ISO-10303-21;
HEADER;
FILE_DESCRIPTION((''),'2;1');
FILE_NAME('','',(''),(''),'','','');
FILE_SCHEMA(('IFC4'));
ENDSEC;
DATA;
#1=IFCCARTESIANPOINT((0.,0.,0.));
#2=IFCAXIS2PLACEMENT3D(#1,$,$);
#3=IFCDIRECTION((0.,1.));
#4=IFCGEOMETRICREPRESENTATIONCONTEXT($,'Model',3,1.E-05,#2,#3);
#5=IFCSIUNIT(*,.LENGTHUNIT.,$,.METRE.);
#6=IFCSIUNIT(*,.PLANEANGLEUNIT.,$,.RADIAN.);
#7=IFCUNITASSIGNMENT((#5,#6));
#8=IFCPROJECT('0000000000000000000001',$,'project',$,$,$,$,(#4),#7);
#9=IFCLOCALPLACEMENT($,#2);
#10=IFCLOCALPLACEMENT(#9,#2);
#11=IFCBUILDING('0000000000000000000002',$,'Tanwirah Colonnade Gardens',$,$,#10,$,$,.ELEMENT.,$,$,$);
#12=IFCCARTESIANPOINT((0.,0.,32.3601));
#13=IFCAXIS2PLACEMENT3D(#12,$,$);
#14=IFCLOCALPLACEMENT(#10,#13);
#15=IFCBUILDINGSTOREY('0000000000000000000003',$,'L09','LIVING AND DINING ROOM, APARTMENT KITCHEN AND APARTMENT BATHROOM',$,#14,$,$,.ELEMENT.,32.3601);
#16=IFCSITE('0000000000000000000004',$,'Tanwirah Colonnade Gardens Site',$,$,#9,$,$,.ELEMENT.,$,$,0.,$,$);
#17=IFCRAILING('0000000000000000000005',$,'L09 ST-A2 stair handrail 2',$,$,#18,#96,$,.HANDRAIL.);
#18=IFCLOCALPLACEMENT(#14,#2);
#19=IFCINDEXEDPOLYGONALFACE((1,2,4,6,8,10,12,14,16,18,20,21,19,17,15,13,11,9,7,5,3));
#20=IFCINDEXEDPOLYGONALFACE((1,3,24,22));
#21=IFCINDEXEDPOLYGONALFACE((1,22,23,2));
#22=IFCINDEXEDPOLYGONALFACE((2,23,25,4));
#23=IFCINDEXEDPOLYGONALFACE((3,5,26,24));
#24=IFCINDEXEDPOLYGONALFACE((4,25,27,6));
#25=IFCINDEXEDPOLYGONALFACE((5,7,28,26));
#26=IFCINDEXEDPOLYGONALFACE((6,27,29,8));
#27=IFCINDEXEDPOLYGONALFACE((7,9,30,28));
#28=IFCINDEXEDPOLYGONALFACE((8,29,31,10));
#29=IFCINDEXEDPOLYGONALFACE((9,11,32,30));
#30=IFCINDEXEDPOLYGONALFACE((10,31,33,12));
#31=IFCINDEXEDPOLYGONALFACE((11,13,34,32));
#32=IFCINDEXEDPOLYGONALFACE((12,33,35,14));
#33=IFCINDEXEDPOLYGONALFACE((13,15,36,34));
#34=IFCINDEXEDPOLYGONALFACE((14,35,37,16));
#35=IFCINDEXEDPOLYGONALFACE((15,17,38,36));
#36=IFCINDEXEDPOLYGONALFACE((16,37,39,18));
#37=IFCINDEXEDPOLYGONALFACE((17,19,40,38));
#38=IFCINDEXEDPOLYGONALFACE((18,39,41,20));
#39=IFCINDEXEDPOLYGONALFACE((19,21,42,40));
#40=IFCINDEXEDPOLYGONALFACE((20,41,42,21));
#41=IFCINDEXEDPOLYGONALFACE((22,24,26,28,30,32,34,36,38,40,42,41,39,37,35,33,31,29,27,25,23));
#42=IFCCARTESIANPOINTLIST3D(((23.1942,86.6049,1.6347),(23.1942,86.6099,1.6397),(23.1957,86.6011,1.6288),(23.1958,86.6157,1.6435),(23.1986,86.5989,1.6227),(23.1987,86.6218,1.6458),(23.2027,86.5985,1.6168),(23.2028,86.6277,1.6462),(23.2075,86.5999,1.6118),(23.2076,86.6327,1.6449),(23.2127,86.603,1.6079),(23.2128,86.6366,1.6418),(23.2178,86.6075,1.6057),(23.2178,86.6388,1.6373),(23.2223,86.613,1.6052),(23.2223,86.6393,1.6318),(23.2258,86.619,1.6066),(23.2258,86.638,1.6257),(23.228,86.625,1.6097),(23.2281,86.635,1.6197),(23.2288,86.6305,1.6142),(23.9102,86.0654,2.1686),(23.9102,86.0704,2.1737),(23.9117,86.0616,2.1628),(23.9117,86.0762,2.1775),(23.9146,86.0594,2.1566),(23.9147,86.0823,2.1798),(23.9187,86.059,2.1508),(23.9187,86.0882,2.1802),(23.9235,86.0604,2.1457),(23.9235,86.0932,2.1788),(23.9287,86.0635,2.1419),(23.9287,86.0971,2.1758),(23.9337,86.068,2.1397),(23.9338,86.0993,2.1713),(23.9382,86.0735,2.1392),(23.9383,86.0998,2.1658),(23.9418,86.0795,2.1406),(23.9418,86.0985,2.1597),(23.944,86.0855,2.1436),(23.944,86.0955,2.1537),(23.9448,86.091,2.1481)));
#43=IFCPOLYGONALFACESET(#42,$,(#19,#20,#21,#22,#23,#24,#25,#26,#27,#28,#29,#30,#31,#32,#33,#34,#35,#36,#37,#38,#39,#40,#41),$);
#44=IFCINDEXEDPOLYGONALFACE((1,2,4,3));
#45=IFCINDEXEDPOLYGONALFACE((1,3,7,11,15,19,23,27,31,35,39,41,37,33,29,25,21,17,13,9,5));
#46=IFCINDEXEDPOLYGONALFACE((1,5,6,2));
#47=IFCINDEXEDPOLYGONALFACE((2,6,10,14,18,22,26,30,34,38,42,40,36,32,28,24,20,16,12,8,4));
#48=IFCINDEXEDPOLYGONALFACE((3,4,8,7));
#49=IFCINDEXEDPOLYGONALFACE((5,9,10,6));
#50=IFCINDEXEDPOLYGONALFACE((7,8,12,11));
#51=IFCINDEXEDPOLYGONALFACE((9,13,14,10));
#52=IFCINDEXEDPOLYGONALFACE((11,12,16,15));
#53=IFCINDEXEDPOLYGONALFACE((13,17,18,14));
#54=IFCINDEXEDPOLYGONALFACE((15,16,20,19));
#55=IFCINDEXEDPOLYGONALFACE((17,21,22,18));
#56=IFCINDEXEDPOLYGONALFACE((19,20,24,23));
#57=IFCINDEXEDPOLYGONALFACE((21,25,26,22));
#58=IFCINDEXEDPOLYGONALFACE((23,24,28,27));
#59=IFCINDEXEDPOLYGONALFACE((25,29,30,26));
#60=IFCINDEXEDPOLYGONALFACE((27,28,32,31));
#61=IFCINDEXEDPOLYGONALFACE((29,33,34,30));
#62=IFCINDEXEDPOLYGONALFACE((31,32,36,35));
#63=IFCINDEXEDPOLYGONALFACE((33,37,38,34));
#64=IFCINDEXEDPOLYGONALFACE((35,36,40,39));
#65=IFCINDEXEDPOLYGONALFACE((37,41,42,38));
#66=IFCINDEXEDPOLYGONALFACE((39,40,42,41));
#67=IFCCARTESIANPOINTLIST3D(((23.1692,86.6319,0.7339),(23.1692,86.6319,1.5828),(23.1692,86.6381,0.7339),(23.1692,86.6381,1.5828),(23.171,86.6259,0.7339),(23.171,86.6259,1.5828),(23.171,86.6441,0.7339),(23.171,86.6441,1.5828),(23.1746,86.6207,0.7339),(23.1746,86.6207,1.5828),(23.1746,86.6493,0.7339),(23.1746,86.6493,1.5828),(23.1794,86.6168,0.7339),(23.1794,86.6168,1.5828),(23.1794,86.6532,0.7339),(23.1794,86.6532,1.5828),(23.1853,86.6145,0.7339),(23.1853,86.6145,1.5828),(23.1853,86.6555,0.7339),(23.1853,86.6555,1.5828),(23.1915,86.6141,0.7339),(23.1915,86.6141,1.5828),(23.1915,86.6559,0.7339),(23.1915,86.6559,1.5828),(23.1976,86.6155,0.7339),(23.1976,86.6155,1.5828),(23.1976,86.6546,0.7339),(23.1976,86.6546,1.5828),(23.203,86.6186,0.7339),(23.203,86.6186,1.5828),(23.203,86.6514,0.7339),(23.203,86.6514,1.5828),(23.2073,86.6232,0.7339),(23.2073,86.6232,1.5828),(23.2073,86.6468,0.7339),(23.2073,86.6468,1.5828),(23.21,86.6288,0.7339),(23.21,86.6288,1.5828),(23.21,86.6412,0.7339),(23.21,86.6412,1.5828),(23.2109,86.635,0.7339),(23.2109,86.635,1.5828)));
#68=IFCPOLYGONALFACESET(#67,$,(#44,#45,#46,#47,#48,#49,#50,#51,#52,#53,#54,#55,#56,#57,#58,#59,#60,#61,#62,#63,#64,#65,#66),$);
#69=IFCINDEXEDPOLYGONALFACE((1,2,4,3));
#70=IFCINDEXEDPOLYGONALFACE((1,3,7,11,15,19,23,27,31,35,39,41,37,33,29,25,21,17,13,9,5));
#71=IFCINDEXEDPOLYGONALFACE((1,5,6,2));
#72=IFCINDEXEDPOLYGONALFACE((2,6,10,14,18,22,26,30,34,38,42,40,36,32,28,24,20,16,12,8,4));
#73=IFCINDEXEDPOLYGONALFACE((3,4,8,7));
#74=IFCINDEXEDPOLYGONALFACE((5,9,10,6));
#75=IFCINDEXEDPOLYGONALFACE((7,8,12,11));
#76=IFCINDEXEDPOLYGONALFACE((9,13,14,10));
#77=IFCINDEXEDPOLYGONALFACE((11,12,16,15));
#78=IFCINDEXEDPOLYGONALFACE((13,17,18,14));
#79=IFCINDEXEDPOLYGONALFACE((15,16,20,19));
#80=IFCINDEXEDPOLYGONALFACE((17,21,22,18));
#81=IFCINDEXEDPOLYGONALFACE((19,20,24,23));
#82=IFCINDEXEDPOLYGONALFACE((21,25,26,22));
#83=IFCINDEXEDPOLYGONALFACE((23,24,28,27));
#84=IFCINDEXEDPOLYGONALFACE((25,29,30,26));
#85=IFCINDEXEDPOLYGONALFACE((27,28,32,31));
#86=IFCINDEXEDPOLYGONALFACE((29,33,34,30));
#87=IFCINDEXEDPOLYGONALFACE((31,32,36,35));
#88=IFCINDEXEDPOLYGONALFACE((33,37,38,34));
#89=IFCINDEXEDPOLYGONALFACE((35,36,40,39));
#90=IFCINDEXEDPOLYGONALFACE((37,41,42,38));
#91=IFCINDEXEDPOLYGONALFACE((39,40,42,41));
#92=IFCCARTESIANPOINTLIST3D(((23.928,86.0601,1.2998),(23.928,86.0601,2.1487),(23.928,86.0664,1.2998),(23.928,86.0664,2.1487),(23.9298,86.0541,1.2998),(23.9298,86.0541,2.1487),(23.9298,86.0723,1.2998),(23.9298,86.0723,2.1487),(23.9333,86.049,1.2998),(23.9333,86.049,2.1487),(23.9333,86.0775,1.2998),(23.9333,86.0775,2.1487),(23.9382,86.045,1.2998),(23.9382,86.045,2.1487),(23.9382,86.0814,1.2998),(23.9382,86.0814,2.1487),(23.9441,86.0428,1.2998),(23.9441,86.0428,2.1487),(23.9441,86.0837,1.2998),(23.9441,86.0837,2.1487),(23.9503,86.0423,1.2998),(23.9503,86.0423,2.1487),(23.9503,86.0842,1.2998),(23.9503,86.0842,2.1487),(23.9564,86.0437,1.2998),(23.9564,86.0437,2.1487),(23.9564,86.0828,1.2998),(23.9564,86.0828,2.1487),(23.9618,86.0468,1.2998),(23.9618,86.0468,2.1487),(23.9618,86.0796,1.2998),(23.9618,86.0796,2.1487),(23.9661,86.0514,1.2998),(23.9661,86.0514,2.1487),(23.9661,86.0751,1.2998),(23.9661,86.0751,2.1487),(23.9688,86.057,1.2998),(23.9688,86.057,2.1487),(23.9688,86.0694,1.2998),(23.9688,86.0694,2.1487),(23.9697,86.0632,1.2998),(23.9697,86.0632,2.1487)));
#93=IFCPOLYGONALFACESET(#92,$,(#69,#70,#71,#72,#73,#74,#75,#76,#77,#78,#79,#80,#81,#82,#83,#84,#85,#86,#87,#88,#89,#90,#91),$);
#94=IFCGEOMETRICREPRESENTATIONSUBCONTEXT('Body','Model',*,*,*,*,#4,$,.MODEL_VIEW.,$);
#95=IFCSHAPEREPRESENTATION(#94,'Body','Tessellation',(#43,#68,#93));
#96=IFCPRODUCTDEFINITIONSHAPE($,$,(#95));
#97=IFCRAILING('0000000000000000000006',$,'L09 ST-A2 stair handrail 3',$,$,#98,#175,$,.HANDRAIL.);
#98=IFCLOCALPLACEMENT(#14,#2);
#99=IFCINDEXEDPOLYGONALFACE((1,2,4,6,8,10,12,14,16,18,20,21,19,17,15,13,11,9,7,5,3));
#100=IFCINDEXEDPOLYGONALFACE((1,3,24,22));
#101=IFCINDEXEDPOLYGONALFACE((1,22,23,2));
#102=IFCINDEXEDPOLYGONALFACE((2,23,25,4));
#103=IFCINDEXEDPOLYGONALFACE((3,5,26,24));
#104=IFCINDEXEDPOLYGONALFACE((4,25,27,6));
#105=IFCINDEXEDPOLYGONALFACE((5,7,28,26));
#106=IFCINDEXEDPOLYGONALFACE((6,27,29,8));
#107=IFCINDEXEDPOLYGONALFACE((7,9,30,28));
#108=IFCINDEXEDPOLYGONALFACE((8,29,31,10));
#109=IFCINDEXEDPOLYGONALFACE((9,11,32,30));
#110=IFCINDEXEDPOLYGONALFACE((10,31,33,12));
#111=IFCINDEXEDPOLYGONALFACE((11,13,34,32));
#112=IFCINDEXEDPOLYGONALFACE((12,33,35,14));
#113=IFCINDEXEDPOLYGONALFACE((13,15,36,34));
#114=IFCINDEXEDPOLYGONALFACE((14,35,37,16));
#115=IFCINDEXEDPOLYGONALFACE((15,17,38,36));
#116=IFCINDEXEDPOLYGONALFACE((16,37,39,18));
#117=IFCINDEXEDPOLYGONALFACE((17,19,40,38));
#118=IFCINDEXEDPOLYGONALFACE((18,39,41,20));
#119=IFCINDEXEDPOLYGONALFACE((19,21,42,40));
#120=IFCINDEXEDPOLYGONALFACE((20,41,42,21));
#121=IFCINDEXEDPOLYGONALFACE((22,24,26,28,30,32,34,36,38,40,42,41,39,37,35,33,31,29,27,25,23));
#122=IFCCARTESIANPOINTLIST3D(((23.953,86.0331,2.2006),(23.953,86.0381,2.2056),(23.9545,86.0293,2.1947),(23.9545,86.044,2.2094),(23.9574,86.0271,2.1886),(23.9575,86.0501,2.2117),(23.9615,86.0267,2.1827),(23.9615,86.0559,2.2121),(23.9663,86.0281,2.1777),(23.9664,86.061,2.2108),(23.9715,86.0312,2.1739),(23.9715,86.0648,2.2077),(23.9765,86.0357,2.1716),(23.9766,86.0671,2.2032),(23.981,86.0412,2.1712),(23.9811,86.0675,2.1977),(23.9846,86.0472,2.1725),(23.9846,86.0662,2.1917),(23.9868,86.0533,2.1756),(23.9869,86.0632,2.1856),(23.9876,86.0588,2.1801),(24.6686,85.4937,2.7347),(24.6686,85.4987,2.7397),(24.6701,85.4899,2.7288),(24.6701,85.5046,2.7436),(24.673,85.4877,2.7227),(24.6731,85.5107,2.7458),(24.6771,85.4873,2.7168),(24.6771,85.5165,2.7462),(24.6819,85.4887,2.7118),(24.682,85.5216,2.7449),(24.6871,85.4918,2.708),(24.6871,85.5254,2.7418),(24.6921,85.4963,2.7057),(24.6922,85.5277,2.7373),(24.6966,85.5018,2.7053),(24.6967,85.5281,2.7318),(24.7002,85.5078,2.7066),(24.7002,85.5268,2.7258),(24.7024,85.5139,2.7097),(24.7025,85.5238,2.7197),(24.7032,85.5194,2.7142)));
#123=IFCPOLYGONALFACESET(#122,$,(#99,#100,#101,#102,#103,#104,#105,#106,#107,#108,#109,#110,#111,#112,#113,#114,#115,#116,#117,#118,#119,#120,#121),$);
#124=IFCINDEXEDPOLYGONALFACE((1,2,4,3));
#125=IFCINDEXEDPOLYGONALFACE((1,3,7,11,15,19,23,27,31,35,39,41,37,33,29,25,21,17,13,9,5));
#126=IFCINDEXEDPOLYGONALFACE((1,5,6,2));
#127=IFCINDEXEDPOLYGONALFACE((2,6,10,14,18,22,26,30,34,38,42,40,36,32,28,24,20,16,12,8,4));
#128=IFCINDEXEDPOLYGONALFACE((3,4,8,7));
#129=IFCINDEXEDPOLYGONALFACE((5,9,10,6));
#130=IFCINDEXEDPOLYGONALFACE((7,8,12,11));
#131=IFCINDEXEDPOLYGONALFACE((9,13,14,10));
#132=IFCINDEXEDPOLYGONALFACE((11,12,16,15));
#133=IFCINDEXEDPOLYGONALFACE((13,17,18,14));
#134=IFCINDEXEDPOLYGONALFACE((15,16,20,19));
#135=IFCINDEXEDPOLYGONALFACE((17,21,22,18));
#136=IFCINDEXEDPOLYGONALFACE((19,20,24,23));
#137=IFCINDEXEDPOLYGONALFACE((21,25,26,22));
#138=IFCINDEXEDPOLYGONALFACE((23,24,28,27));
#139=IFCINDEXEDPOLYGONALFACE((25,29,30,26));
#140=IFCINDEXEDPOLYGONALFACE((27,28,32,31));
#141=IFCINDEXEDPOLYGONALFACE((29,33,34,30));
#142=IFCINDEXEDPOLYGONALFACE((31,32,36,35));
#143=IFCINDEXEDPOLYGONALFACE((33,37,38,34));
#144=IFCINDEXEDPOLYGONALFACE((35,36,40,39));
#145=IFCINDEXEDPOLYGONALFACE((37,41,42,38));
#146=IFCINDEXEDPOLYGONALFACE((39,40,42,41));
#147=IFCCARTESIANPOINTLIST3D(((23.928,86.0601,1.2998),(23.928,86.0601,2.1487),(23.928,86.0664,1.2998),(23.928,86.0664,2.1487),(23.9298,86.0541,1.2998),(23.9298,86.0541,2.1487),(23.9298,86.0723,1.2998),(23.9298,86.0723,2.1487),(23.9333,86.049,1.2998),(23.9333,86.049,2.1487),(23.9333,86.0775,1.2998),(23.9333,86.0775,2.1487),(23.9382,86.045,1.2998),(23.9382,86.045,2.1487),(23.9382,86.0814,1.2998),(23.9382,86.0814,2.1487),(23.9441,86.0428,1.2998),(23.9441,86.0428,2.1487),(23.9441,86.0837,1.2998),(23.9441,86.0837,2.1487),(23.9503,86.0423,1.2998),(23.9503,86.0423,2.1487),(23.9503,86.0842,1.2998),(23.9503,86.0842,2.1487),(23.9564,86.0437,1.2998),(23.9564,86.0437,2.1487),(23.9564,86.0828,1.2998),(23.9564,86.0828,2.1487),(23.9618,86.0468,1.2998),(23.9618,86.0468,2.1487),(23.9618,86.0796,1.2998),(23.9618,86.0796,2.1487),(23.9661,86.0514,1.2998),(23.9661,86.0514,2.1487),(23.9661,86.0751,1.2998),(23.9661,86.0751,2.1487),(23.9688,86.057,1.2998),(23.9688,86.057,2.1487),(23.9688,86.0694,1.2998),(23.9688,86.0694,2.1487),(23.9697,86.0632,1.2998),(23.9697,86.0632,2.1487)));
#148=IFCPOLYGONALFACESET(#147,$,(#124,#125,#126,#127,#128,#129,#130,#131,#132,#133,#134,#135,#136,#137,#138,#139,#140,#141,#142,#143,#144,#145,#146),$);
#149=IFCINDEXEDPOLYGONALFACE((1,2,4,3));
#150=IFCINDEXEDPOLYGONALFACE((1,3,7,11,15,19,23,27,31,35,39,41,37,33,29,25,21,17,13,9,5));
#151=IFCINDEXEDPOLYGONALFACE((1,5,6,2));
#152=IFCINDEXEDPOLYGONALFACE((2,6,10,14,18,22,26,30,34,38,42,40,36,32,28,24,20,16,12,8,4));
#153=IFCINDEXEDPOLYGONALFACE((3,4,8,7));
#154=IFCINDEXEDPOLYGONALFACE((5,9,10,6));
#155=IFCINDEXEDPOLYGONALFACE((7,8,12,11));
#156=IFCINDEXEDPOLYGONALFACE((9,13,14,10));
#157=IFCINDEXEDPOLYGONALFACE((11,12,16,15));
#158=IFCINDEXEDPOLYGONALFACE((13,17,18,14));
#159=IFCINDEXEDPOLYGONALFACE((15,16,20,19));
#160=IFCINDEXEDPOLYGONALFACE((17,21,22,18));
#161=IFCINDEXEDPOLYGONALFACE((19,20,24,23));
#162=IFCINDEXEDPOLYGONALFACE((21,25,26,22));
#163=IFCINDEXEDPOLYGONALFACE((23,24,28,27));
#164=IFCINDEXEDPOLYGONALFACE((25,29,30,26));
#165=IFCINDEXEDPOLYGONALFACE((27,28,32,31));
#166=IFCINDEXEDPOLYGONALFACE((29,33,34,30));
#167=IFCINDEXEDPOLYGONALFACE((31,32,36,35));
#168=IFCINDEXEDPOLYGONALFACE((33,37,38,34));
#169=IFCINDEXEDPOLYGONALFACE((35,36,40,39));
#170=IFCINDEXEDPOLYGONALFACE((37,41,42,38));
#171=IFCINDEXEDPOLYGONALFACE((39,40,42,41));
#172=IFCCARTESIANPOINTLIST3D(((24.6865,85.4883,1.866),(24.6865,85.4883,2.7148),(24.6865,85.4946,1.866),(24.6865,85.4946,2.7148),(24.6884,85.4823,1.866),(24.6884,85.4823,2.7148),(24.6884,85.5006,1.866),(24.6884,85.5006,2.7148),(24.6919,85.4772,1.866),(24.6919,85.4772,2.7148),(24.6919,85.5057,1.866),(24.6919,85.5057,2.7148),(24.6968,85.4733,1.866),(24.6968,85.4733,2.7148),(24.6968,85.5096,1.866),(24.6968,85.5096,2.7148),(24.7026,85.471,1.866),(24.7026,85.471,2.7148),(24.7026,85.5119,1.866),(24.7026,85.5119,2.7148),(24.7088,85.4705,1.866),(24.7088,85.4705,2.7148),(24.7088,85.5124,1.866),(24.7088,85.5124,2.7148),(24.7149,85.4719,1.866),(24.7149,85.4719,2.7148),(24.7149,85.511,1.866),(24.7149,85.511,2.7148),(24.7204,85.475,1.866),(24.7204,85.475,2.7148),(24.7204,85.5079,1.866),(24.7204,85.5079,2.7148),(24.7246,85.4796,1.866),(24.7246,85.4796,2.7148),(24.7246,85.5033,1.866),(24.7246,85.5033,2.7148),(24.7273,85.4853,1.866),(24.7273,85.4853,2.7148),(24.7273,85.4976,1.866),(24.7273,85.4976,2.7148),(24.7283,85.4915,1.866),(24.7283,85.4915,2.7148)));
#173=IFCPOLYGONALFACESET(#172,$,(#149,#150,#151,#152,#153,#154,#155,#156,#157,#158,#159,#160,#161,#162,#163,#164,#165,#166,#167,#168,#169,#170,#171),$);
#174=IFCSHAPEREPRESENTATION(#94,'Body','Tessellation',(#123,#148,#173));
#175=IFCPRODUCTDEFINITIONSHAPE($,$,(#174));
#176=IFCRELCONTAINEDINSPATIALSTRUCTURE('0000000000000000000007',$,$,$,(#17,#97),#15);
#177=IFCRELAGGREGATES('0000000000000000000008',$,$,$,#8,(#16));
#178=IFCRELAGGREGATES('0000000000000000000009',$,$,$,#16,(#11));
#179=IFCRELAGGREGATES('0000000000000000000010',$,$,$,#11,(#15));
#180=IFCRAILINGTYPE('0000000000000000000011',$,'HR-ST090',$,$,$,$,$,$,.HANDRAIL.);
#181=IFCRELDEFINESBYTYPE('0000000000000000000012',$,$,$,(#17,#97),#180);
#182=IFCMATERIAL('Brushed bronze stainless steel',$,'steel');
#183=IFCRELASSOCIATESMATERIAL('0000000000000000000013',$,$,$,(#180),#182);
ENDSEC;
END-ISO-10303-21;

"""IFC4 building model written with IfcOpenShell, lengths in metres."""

from ifc_helpers import new_model, si_unit, direction, frame, origin, origin_2d, place, context, subcontext, project, spatial, circle, extrude, material, type_object, element, save


model = new_model("IFC4")

# Units and contexts
model_context = context("Model", 3, precision=1e-05, world=origin(), true_north=direction((0.0, 1.0)))
body_context = subcontext(model_context, "Body", "Model", "MODEL_VIEW")
ifc_project = project(units=[si_unit("LENGTHUNIT", "METRE"), si_unit("PLANEANGLEUNIT", "RADIAN")], contexts=[model_context])

# Site, building, storey
site_placement = place(None, origin())
site = spatial("IfcSite", under=ifc_project, at=site_placement, Name="Tanwirah Colonnade Gardens Site", CompositionType="ELEMENT", RefElevation=0.0)
building_placement = place(site_placement, origin())
building = spatial("IfcBuilding", under=site, at=building_placement, Name="Tanwirah Colonnade Gardens", CompositionType="ELEMENT")
storey_placement = place(building_placement, frame((0.0, 0.0, 32.3601)))
storey = spatial("IfcBuildingStorey", under=building, at=storey_placement, Name="L09", Description="LIVING AND DINING ROOM, APARTMENT KITCHEN AND APARTMENT BATHROOM", CompositionType="ELEMENT", Elevation=32.3601)

# Railings
ifc_material_1 = material(Name="Brushed bronze stainless steel", Category="steel")
railing_type_1 = type_object("IfcRailingType", Name="HR-ST090", PredefinedType="HANDRAIL", material=ifc_material_1)
for number, where, name in (
    (1, (23.1899, 86.635, 0.7339), "L09 ST-A2 stair handrail 2"),
):
    element("IfcRailing", number, at=place(storey_placement, frame(where)), inside=storey, type_object=railing_type_1, Name=name, PredefinedType="HANDRAIL", context=body_context, shape_type="SweptSolid", body=[
        extrude(circle(Radius=0.0239, at=origin_2d()), frame((0.0215, -0.0161, 0.8918), z_axis=(0.686145, -0.517037, 0.511739), x_axis=(0.601807, 0.798641, 0.0)), (0.0, 0.0, 1.0), 1.0435),
        extrude(circle(Radius=0.021, at=origin_2d()), origin(), (0.0, 0.0, 1.0), 0.8489),
        extrude(circle(Radius=0.021, at=origin_2d()), frame((0.7588, -0.5718, 0.5659)), (0.0, 0.0, 1.0), 0.8489),
    ])
railing_1_placement = place(storey_placement, frame((23.9487, 86.0632, 1.2998)))
element("IfcRailing", 2, at=railing_1_placement, inside=storey, type_object=railing_type_1, Name="L09 ST-A2 stair handrail 3", PredefinedType="HANDRAIL", context=body_context, shape_type="SweptSolid", body=[
    extrude(circle(Radius=0.0239, at=origin_2d()), frame((0.0215, -0.0161, 0.8918), z_axis=(0.685951, -0.517057, 0.511979), x_axis=(0.601931, 0.798548, 0.0)), (0.0, 0.0, 1.0), 1.0432),
    extrude(circle(Radius=0.021, at=origin_2d()), origin(), (0.0, 0.0, 1.0), 0.8489),
    extrude(circle(Radius=0.021, at=origin_2d()), frame((0.7585, -0.5718, 0.5662)), (0.0, 0.0, 1.0), 0.8489),
])

save(model, "model.ifc")
